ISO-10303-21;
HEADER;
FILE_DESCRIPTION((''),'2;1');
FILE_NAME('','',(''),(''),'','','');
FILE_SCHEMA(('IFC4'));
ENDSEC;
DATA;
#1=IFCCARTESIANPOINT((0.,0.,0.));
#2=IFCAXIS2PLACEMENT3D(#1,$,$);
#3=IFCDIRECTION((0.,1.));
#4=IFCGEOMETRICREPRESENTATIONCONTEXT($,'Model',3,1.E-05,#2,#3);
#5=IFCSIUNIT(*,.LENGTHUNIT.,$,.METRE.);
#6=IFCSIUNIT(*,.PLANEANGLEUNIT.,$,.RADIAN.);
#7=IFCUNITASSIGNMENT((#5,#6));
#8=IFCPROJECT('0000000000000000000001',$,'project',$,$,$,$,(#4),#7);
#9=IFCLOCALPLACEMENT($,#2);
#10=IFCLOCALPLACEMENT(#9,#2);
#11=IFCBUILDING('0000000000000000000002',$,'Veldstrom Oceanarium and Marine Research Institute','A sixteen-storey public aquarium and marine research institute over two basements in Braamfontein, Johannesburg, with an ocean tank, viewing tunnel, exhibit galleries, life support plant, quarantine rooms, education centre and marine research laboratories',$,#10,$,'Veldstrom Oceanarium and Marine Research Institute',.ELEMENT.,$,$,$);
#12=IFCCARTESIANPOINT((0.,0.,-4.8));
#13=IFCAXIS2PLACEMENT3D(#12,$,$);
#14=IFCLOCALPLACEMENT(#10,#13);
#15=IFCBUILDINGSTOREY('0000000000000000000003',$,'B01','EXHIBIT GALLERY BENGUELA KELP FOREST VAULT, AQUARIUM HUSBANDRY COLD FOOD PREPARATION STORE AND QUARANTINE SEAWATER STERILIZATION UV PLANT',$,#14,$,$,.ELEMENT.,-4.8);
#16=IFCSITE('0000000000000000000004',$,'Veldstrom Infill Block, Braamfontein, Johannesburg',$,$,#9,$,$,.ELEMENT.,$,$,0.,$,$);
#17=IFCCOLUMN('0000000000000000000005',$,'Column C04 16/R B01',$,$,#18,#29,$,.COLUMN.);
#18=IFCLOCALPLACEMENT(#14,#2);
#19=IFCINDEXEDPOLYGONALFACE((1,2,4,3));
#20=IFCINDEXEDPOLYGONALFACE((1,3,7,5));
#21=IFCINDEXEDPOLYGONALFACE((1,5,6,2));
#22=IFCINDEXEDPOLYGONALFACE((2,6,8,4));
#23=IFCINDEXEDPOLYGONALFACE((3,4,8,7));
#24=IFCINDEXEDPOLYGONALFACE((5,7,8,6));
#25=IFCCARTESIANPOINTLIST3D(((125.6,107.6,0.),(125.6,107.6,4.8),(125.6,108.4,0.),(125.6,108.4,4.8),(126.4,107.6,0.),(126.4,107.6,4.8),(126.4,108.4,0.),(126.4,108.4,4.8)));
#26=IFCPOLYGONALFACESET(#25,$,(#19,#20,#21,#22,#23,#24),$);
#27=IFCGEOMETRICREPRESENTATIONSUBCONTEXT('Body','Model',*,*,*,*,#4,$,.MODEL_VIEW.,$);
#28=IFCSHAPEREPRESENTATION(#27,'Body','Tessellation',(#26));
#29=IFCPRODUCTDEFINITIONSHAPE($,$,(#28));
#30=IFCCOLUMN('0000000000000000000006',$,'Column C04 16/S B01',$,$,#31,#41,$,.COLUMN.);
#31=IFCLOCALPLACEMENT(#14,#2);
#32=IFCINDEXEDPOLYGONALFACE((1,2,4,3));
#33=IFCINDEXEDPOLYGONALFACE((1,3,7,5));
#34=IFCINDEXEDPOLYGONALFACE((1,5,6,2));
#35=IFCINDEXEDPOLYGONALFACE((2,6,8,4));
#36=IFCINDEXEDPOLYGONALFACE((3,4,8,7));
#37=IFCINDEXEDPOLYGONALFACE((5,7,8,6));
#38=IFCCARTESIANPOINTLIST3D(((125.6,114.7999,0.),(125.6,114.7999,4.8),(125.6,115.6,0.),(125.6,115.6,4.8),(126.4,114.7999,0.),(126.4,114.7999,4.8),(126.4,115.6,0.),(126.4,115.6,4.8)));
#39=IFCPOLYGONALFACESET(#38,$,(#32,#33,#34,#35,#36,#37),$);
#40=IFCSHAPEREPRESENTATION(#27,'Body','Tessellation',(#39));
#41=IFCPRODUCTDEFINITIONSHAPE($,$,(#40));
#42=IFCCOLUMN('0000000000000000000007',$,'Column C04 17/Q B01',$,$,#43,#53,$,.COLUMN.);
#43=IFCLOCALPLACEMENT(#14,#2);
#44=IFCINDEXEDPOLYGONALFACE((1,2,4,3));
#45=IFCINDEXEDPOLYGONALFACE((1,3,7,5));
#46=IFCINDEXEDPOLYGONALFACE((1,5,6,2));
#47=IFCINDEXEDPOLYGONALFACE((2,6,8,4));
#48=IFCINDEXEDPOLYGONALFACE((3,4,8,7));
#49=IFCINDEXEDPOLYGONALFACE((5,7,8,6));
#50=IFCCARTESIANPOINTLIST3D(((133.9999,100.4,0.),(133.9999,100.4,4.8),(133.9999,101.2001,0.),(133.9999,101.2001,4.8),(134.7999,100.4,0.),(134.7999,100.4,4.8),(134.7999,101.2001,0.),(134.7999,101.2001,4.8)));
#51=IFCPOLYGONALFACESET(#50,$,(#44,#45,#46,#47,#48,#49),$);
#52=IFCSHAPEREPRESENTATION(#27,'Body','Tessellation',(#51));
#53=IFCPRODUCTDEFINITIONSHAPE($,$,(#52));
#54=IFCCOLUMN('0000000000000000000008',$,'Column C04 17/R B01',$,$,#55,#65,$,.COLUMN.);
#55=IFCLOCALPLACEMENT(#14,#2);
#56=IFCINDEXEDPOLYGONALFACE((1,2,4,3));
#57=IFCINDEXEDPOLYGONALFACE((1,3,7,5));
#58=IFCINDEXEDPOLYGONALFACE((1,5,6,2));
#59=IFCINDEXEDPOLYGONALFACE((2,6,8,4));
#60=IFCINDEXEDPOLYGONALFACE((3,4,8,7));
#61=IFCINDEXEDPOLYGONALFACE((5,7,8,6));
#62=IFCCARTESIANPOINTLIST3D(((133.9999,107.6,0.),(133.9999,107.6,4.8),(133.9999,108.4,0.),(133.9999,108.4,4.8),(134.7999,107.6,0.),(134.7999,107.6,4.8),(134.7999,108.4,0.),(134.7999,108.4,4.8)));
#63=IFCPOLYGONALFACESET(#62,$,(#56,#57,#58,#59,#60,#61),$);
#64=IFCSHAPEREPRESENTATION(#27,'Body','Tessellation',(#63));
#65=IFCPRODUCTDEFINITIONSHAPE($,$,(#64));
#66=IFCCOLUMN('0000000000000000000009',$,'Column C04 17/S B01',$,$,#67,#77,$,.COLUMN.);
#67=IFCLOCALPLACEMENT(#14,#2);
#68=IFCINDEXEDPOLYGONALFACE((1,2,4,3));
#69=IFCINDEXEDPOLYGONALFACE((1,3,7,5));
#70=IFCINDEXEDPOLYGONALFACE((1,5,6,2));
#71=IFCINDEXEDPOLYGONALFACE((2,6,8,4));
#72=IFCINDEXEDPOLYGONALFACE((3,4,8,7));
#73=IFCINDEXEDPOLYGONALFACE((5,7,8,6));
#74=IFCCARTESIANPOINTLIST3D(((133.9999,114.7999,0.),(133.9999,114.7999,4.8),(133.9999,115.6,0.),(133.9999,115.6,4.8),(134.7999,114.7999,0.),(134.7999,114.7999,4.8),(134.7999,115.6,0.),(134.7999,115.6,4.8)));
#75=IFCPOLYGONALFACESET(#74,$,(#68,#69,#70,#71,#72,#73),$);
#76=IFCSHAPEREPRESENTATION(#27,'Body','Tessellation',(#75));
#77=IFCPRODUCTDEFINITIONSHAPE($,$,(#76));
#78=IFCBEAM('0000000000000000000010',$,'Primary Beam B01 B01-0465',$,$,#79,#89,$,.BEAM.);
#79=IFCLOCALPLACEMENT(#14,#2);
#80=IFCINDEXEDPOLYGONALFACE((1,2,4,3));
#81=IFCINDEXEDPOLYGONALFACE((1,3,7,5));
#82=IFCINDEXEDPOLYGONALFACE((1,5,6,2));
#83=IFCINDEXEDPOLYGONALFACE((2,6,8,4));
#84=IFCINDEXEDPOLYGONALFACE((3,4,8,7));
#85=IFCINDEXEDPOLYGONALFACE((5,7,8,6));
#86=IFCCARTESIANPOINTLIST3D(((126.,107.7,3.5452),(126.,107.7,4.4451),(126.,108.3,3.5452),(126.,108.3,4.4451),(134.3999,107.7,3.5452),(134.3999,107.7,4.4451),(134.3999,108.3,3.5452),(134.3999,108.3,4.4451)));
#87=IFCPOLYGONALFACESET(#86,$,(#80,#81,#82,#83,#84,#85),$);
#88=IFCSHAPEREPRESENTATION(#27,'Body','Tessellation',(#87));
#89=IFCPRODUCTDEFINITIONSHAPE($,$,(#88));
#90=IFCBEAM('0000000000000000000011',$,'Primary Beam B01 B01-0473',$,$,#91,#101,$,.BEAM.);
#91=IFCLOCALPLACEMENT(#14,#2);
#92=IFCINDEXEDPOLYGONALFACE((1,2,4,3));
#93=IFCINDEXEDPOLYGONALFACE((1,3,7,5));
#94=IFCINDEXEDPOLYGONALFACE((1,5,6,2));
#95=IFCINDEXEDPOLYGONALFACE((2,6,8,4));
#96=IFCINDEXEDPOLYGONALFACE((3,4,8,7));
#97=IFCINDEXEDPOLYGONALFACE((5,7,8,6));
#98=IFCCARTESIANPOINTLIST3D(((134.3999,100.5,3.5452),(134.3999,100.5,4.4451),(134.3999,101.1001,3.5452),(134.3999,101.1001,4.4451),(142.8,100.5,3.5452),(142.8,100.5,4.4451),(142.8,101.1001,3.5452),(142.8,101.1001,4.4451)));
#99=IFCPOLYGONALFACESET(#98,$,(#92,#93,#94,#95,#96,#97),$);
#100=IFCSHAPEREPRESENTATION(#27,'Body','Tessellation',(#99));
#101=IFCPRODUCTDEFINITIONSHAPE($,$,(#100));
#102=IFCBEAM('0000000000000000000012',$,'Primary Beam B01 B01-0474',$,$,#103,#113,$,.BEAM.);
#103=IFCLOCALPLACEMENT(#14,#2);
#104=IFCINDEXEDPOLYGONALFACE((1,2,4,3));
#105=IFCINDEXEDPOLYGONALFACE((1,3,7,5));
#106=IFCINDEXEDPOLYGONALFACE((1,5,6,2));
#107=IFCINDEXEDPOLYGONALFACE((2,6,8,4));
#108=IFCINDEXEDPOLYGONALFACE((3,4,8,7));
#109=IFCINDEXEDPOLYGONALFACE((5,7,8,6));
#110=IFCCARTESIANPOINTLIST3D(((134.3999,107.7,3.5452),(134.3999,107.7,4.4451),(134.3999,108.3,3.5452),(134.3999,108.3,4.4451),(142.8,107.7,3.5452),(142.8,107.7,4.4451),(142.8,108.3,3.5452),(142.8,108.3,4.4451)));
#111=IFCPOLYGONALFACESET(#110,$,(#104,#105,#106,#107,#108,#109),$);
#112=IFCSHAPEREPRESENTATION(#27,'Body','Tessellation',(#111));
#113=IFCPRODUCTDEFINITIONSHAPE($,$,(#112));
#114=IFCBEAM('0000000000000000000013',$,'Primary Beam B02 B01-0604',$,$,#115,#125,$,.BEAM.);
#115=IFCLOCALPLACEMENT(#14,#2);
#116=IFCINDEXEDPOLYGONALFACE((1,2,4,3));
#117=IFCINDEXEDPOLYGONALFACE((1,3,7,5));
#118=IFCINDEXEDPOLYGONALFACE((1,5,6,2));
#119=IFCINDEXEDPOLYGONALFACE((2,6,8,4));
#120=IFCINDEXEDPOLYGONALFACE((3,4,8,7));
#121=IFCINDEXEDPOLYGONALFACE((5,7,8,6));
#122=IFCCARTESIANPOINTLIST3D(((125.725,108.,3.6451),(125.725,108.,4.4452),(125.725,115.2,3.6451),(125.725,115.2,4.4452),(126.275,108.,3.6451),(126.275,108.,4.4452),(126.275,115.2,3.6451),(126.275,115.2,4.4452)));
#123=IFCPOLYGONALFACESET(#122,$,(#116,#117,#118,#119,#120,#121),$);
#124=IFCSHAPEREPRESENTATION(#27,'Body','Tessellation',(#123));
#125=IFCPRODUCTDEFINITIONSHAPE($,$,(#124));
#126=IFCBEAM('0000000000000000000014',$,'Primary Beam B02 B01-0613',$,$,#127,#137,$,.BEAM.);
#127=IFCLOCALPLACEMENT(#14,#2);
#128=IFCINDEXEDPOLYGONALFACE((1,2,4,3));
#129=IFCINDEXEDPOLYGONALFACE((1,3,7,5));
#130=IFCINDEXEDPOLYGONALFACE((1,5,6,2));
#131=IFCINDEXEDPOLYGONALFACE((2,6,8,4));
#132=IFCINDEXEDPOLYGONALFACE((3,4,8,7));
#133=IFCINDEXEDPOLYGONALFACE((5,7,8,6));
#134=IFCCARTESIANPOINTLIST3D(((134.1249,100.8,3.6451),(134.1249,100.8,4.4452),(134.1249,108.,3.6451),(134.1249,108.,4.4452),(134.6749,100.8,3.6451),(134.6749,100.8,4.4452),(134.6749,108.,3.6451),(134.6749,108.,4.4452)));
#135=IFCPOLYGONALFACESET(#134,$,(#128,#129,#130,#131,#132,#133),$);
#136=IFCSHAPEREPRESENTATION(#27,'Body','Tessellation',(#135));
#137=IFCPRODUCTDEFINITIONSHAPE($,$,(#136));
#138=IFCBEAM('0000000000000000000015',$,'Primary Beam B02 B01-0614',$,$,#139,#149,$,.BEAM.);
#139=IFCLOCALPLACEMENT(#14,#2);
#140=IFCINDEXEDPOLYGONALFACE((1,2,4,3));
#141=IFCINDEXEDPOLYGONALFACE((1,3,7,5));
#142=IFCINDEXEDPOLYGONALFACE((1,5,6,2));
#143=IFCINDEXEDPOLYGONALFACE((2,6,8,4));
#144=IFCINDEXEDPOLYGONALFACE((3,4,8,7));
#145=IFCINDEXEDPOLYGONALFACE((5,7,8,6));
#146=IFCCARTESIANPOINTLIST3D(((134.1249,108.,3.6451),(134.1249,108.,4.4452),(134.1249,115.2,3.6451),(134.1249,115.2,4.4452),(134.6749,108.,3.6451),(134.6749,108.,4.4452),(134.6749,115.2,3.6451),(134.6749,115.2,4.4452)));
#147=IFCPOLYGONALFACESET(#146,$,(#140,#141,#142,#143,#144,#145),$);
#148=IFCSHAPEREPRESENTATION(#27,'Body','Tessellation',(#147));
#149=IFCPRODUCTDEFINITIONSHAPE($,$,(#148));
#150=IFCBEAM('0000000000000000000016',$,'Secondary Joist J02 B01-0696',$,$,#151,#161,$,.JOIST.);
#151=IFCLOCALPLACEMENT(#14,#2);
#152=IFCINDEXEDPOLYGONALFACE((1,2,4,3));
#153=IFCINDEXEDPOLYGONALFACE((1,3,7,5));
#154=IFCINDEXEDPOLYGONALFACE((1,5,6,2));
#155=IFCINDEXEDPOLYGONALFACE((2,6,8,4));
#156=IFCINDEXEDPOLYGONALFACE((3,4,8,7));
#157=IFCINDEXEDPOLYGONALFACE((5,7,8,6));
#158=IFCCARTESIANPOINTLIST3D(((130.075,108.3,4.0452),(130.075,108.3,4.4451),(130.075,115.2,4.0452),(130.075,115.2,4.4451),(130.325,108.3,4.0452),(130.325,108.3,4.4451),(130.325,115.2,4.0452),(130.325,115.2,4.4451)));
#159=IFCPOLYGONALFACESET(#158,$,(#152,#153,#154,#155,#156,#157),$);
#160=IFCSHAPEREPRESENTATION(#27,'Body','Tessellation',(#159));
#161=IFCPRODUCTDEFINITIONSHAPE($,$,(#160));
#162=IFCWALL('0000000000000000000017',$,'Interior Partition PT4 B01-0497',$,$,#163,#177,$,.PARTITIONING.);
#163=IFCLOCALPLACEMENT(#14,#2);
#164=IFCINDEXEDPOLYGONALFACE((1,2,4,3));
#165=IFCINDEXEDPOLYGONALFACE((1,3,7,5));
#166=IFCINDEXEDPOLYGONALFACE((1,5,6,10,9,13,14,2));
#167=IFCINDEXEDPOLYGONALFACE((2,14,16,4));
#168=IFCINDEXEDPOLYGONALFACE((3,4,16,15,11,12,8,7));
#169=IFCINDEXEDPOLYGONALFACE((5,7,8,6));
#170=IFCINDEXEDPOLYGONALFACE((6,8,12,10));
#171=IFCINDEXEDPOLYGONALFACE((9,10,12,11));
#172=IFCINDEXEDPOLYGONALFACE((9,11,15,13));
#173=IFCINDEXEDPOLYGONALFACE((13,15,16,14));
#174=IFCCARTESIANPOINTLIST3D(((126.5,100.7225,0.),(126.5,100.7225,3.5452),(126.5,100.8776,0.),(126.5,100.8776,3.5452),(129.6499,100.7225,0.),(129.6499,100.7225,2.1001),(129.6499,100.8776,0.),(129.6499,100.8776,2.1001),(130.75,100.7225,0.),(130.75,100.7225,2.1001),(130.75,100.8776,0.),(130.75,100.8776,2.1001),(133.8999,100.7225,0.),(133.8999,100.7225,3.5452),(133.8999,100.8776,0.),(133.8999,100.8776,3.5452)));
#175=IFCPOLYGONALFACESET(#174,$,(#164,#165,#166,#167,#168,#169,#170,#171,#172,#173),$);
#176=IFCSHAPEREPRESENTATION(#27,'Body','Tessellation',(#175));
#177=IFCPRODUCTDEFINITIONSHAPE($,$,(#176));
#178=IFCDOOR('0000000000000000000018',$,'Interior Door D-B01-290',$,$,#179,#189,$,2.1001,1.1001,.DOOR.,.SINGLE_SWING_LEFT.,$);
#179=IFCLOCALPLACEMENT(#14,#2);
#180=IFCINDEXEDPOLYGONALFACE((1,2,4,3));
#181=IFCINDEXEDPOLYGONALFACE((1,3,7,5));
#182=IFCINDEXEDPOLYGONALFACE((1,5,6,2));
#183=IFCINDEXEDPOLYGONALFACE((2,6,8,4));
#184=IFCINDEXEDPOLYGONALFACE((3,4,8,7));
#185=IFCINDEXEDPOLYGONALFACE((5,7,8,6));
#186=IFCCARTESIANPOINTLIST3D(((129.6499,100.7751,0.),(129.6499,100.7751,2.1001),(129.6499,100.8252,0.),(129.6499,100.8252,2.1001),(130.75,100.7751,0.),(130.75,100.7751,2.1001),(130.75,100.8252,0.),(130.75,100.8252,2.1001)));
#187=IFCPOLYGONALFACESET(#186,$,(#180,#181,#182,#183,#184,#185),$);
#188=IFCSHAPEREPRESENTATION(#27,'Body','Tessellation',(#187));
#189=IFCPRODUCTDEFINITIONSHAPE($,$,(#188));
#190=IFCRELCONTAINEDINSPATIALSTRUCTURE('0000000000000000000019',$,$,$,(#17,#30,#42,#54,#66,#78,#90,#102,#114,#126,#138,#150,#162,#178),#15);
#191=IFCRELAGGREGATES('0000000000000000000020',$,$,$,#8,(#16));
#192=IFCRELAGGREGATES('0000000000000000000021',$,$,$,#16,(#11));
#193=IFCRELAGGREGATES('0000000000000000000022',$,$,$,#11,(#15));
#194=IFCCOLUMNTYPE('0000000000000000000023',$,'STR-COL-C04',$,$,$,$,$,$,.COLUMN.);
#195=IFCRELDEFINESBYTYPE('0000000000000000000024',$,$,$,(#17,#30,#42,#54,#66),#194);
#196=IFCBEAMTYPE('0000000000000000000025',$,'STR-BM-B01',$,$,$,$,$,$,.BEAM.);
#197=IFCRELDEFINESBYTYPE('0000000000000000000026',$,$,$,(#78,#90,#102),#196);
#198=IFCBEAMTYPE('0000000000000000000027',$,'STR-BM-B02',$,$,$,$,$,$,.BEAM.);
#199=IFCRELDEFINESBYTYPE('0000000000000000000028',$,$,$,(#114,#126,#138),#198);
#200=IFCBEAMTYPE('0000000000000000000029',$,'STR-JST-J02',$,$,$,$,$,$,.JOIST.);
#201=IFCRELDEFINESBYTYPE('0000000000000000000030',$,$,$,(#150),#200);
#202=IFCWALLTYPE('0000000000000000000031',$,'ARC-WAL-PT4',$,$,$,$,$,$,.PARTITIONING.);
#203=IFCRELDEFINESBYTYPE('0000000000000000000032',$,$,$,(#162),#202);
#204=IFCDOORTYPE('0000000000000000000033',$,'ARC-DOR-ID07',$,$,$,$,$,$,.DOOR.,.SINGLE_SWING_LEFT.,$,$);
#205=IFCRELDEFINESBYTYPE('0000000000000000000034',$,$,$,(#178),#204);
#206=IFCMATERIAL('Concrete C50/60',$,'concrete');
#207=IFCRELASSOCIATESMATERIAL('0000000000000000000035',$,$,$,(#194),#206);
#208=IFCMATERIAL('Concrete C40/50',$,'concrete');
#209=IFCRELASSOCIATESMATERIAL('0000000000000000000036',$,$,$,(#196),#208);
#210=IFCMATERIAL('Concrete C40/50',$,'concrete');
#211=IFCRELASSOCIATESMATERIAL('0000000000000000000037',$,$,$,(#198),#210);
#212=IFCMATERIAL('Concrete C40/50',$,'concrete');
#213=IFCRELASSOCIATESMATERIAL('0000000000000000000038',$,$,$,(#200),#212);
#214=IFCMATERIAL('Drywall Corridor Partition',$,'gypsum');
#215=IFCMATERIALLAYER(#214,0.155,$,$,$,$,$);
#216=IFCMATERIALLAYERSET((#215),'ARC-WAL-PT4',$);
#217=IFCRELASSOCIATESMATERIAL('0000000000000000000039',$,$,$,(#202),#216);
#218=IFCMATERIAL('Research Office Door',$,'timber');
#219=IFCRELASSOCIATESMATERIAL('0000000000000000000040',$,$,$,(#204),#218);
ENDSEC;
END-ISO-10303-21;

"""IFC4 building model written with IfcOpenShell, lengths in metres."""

from ifc_helpers import new_model, si_unit, direction, frame, frame_2d, origin, origin_2d, place, context, subcontext, project, spatial, rectangle, extrude, material, layer, layer_set, material_profile, profile_set, type_object, element, fill, save


model = new_model("IFC4")

# Units and contexts
model_context = context("Model", 3, precision=1e-05, world=origin(), true_north=direction((0.0, 1.0)))
body_context = subcontext(model_context, "Body", "Model", "MODEL_VIEW")
ifc_project = project(units=[si_unit("LENGTHUNIT", "METRE"), si_unit("PLANEANGLEUNIT", "RADIAN")], contexts=[model_context])

# Site, building, storey
site_placement = place(None, origin())
site = spatial("IfcSite", under=ifc_project, at=site_placement, Name="Veldstrom Infill Block, Braamfontein, Johannesburg", CompositionType="ELEMENT", RefElevation=0.0)
building_placement = place(site_placement, origin())
building = spatial("IfcBuilding", under=site, at=building_placement, Name="Veldstrom Oceanarium and Marine Research Institute", Description="A sixteen-storey public aquarium and marine research institute over two basements in Braamfontein, Johannesburg, with an ocean tank, viewing tunnel, exhibit galleries, life support plant, quarantine rooms, education centre and marine research laboratories", LongName="Veldstrom Oceanarium and Marine Research Institute", CompositionType="ELEMENT")
storey_placement = place(building_placement, frame((0.0, 0.0, -4.8)))
storey = spatial("IfcBuildingStorey", under=building, at=storey_placement, Name="B01", Description="EXHIBIT GALLERY BENGUELA KELP FOREST VAULT, AQUARIUM HUSBANDRY COLD FOOD PREPARATION STORE AND QUARANTINE SEAWATER STERILIZATION UV PLANT", CompositionType="ELEMENT", Elevation=-4.8)

# Columns
ifc_material_1 = material(Name="Concrete C50/60", Category="concrete")
ifc_material_profile_1 = material_profile(ifc_material_1, rectangle(XDim=0.8, YDim=0.8, at=origin_2d()), Name="RC-COL-800x800")
ifc_profile_set_1 = profile_set([ifc_material_profile_1], Name="Concrete C50/60")
column_type = type_object("IfcColumnType", Name="STR-COL-C04", PredefinedType="COLUMN", material=ifc_profile_set_1)
for number, where, z_axis, x_axis, name in (
    (1, (126.0, 108.0, 0.0), (0.0, 0.0, 1.0), (1.0, 0.0, 0.0), "Column C04 16/R B01"),
    (2, (126.0, 115.2, 0.0), (0.0, 0.0, 1.0), (1.0, 0.0, 0.0), "Column C04 16/S B01"),
    (3, (134.3999, 100.8, 0.0), (0.0, 0.0, 1.0), (1.0, 0.0, 0.0), "Column C04 17/Q B01"),
    (4, (134.3999, 108.0, 0.0), (0.0, 0.0, 1.0), (1.0, 0.0, 0.0), "Column C04 17/R B01"),
    (5, (134.3999, 115.2, 0.0), (0.0, 0.0, 1.0), (1.0, 0.0, 0.0), "Column C04 17/S B01"),
):
    element("IfcColumn", number, at=place(storey_placement, frame(where, z_axis=z_axis, x_axis=x_axis)), inside=storey, type_object=column_type, Name=name, PredefinedType="COLUMN", context=body_context, shape_type="SweptSolid", body=[
        extrude(rectangle(XDim=0.8, YDim=0.8, at=origin_2d()), origin(), (0.0, 0.0, 1.0), 4.8),
    ])

# Beams
ifc_material_2 = material(Name="Concrete C40/50", Category="concrete")
ifc_material_profile_2 = material_profile(ifc_material_2, rectangle(XDim=0.6001, YDim=0.8999, at=origin_2d()), Name="RC-BM-600x900")
ifc_profile_set_2 = profile_set([ifc_material_profile_2], Name="Concrete C40/50")
beam_type_1 = type_object("IfcBeamType", Name="STR-BM-B01", PredefinedType="BEAM", material=ifc_profile_set_2)
beam_1_placement = place(storey_placement, frame((126.0, 108.0, 3.9951), z_axis=(1.0, 0.0, 0.0), x_axis=(0.0, 1.0, 0.0)))
element("IfcBeam", 6, at=beam_1_placement, inside=storey, type_object=beam_type_1, Name="Primary Beam B01 B01-0465", PredefinedType="BEAM", context=body_context, shape_type="SweptSolid", body=[
    extrude(rectangle(XDim=0.6001, YDim=0.8999, at=origin_2d()), origin(), (0.0, 0.0, 1.0), 8.3999),
])
for number, where, z_axis, x_axis, name in (
    (7, (134.3999, 100.8, 3.9951), (1.0, 0.0, 0.0), (0.0, 1.0, 0.0), "Primary Beam B01 B01-0473"),
    (8, (134.3999, 108.0, 3.9951), (1.0, 0.0, 0.0), (0.0, 1.0, 0.0), "Primary Beam B01 B01-0474"),
):
    element("IfcBeam", number, at=place(storey_placement, frame(where, z_axis=z_axis, x_axis=x_axis)), inside=storey, type_object=beam_type_1, Name=name, PredefinedType="BEAM", context=body_context, shape_type="SweptSolid", body=[
        extrude(rectangle(XDim=0.6001, YDim=0.8999, at=origin_2d()), origin(), (0.0, 0.0, 1.0), 8.4001),
    ])
ifc_material_3 = material(Name="Concrete C40/50", Category="concrete")
ifc_material_profile_3 = material_profile(ifc_material_3, rectangle(XDim=0.55, YDim=0.8, at=origin_2d()), Name="RC-BM-550x800")
ifc_profile_set_3 = profile_set([ifc_material_profile_3], Name="Concrete C40/50")
beam_type_2 = type_object("IfcBeamType", Name="STR-BM-B02", PredefinedType="BEAM", material=ifc_profile_set_3)
for number, where, z_axis, x_axis, name in (
    (9, (126.0, 108.0, 4.0452), (0.0, 1.0, 0.0), (-1.0, 0.0, 0.0), "Primary Beam B02 B01-0604"),
    (10, (134.3999, 100.8, 4.0452), (0.0, 1.0, 0.0), (-1.0, 0.0, 0.0), "Primary Beam B02 B01-0613"),
    (11, (134.3999, 108.0, 4.0452), (0.0, 1.0, 0.0), (-1.0, 0.0, 0.0), "Primary Beam B02 B01-0614"),
):
    element("IfcBeam", number, at=place(storey_placement, frame(where, z_axis=z_axis, x_axis=x_axis)), inside=storey, type_object=beam_type_2, Name=name, PredefinedType="BEAM", context=body_context, shape_type="SweptSolid", body=[
        extrude(rectangle(XDim=0.55, YDim=0.8, at=origin_2d()), origin(), (0.0, 0.0, 1.0), 7.2),
    ])
ifc_material_4 = material(Name="Concrete C40/50", Category="concrete")
ifc_material_profile_4 = material_profile(ifc_material_4, rectangle(XDim=0.25, YDim=0.3999, at=origin_2d()), Name="RC-JST-250x400")
ifc_profile_set_4 = profile_set([ifc_material_profile_4], Name="Concrete C40/50")
beam_type_3 = type_object("IfcBeamType", Name="STR-JST-J02", PredefinedType="JOIST", material=ifc_profile_set_4)
beam_2_placement = place(storey_placement, frame((130.2, 108.3, 4.2451), z_axis=(0.0, 1.0, 0.0), x_axis=(-1.0, 0.0, 0.0)))
element("IfcBeam", 12, at=beam_2_placement, inside=storey, type_object=beam_type_3, Name="Secondary Joist J02 B01-0696", PredefinedType="JOIST", context=body_context, shape_type="SweptSolid", body=[
    extrude(rectangle(XDim=0.25, YDim=0.3999, at=origin_2d()), origin(), (0.0, 0.0, 1.0), 6.8999),
])

# Wall, opening, door
ifc_material_5 = material(Name="Drywall Corridor Partition", Category="gypsum")
ifc_layer_1 = layer(ifc_material_5, 0.155)
ifc_layer_set_1 = layer_set([ifc_layer_1], Name="ARC-WAL-PT4")
wall_type_1 = type_object("IfcWallType", Name="ARC-WAL-PT4", PredefinedType="PARTITIONING", material=ifc_layer_set_1)
wall_1_placement = place(storey_placement, frame((126.5, 100.8, 0.0), z_axis=(0.0, 0.0, 1.0), x_axis=(1.0, 0.0, 0.0)))
wall_1 = element("IfcWall", 13, at=wall_1_placement, inside=storey, type_object=wall_type_1, Name="Interior Partition PT4 B01-0497", PredefinedType="PARTITIONING", context=body_context, shape_type="SweptSolid", body=[
    extrude(rectangle(XDim=7.3999, YDim=0.155, at=frame_2d((3.7, 0.0))), origin(), (0.0, 0.0, 1.0), 3.5452),
])
opening_1_placement = place(wall_1_placement, frame((3.1499, 0.0, 0.0)))
opening_1 = element("IfcOpeningElement", 14, at=opening_1_placement, cuts=wall_1, PredefinedType="OPENING", context=body_context, shape_type="SweptSolid", body=[
    extrude(rectangle(XDim=1.1001, YDim=2.1001, at=frame_2d((0.55, 1.05))), frame((0.0, 0.0874, 0.0), z_axis=(0.0, -1.0, 0.0), x_axis=(1.0, 0.0, 0.0)), (0.0, 0.0, 1.0), 0.175),
])
ifc_material_6 = material(Name="Research Office Door", Category="timber")
door_type_1 = type_object("IfcDoorType", Name="ARC-DOR-ID07", OperationType="SINGLE_SWING_LEFT", PredefinedType="DOOR", material=ifc_material_6)
door_1_placement = place(opening_1_placement, frame((1.1001, 0.0, 0.0), z_axis=(0.0, 0.0, 1.0), x_axis=(-1.0, 0.0, 0.0)))
door_1 = element("IfcDoor", 15, at=door_1_placement, inside=storey, type_object=door_type_1, Name="Interior Door D-B01-290", OperationType="SINGLE_SWING_LEFT", OverallHeight=2.1001, OverallWidth=1.1001, PredefinedType="DOOR", context=body_context, shape_type="SweptSolid", body=[
    extrude(rectangle(XDim=1.1001, YDim=2.1001, at=frame_2d((0.55, 1.05))), frame((0.0, 0.0249, 0.0), z_axis=(0.0, -1.0, 0.0), x_axis=(1.0, 0.0, 0.0)), (0.0, 0.0, 1.0), 0.05),
])
fill(opening_1, door_1)

save(model, "model.ifc")
